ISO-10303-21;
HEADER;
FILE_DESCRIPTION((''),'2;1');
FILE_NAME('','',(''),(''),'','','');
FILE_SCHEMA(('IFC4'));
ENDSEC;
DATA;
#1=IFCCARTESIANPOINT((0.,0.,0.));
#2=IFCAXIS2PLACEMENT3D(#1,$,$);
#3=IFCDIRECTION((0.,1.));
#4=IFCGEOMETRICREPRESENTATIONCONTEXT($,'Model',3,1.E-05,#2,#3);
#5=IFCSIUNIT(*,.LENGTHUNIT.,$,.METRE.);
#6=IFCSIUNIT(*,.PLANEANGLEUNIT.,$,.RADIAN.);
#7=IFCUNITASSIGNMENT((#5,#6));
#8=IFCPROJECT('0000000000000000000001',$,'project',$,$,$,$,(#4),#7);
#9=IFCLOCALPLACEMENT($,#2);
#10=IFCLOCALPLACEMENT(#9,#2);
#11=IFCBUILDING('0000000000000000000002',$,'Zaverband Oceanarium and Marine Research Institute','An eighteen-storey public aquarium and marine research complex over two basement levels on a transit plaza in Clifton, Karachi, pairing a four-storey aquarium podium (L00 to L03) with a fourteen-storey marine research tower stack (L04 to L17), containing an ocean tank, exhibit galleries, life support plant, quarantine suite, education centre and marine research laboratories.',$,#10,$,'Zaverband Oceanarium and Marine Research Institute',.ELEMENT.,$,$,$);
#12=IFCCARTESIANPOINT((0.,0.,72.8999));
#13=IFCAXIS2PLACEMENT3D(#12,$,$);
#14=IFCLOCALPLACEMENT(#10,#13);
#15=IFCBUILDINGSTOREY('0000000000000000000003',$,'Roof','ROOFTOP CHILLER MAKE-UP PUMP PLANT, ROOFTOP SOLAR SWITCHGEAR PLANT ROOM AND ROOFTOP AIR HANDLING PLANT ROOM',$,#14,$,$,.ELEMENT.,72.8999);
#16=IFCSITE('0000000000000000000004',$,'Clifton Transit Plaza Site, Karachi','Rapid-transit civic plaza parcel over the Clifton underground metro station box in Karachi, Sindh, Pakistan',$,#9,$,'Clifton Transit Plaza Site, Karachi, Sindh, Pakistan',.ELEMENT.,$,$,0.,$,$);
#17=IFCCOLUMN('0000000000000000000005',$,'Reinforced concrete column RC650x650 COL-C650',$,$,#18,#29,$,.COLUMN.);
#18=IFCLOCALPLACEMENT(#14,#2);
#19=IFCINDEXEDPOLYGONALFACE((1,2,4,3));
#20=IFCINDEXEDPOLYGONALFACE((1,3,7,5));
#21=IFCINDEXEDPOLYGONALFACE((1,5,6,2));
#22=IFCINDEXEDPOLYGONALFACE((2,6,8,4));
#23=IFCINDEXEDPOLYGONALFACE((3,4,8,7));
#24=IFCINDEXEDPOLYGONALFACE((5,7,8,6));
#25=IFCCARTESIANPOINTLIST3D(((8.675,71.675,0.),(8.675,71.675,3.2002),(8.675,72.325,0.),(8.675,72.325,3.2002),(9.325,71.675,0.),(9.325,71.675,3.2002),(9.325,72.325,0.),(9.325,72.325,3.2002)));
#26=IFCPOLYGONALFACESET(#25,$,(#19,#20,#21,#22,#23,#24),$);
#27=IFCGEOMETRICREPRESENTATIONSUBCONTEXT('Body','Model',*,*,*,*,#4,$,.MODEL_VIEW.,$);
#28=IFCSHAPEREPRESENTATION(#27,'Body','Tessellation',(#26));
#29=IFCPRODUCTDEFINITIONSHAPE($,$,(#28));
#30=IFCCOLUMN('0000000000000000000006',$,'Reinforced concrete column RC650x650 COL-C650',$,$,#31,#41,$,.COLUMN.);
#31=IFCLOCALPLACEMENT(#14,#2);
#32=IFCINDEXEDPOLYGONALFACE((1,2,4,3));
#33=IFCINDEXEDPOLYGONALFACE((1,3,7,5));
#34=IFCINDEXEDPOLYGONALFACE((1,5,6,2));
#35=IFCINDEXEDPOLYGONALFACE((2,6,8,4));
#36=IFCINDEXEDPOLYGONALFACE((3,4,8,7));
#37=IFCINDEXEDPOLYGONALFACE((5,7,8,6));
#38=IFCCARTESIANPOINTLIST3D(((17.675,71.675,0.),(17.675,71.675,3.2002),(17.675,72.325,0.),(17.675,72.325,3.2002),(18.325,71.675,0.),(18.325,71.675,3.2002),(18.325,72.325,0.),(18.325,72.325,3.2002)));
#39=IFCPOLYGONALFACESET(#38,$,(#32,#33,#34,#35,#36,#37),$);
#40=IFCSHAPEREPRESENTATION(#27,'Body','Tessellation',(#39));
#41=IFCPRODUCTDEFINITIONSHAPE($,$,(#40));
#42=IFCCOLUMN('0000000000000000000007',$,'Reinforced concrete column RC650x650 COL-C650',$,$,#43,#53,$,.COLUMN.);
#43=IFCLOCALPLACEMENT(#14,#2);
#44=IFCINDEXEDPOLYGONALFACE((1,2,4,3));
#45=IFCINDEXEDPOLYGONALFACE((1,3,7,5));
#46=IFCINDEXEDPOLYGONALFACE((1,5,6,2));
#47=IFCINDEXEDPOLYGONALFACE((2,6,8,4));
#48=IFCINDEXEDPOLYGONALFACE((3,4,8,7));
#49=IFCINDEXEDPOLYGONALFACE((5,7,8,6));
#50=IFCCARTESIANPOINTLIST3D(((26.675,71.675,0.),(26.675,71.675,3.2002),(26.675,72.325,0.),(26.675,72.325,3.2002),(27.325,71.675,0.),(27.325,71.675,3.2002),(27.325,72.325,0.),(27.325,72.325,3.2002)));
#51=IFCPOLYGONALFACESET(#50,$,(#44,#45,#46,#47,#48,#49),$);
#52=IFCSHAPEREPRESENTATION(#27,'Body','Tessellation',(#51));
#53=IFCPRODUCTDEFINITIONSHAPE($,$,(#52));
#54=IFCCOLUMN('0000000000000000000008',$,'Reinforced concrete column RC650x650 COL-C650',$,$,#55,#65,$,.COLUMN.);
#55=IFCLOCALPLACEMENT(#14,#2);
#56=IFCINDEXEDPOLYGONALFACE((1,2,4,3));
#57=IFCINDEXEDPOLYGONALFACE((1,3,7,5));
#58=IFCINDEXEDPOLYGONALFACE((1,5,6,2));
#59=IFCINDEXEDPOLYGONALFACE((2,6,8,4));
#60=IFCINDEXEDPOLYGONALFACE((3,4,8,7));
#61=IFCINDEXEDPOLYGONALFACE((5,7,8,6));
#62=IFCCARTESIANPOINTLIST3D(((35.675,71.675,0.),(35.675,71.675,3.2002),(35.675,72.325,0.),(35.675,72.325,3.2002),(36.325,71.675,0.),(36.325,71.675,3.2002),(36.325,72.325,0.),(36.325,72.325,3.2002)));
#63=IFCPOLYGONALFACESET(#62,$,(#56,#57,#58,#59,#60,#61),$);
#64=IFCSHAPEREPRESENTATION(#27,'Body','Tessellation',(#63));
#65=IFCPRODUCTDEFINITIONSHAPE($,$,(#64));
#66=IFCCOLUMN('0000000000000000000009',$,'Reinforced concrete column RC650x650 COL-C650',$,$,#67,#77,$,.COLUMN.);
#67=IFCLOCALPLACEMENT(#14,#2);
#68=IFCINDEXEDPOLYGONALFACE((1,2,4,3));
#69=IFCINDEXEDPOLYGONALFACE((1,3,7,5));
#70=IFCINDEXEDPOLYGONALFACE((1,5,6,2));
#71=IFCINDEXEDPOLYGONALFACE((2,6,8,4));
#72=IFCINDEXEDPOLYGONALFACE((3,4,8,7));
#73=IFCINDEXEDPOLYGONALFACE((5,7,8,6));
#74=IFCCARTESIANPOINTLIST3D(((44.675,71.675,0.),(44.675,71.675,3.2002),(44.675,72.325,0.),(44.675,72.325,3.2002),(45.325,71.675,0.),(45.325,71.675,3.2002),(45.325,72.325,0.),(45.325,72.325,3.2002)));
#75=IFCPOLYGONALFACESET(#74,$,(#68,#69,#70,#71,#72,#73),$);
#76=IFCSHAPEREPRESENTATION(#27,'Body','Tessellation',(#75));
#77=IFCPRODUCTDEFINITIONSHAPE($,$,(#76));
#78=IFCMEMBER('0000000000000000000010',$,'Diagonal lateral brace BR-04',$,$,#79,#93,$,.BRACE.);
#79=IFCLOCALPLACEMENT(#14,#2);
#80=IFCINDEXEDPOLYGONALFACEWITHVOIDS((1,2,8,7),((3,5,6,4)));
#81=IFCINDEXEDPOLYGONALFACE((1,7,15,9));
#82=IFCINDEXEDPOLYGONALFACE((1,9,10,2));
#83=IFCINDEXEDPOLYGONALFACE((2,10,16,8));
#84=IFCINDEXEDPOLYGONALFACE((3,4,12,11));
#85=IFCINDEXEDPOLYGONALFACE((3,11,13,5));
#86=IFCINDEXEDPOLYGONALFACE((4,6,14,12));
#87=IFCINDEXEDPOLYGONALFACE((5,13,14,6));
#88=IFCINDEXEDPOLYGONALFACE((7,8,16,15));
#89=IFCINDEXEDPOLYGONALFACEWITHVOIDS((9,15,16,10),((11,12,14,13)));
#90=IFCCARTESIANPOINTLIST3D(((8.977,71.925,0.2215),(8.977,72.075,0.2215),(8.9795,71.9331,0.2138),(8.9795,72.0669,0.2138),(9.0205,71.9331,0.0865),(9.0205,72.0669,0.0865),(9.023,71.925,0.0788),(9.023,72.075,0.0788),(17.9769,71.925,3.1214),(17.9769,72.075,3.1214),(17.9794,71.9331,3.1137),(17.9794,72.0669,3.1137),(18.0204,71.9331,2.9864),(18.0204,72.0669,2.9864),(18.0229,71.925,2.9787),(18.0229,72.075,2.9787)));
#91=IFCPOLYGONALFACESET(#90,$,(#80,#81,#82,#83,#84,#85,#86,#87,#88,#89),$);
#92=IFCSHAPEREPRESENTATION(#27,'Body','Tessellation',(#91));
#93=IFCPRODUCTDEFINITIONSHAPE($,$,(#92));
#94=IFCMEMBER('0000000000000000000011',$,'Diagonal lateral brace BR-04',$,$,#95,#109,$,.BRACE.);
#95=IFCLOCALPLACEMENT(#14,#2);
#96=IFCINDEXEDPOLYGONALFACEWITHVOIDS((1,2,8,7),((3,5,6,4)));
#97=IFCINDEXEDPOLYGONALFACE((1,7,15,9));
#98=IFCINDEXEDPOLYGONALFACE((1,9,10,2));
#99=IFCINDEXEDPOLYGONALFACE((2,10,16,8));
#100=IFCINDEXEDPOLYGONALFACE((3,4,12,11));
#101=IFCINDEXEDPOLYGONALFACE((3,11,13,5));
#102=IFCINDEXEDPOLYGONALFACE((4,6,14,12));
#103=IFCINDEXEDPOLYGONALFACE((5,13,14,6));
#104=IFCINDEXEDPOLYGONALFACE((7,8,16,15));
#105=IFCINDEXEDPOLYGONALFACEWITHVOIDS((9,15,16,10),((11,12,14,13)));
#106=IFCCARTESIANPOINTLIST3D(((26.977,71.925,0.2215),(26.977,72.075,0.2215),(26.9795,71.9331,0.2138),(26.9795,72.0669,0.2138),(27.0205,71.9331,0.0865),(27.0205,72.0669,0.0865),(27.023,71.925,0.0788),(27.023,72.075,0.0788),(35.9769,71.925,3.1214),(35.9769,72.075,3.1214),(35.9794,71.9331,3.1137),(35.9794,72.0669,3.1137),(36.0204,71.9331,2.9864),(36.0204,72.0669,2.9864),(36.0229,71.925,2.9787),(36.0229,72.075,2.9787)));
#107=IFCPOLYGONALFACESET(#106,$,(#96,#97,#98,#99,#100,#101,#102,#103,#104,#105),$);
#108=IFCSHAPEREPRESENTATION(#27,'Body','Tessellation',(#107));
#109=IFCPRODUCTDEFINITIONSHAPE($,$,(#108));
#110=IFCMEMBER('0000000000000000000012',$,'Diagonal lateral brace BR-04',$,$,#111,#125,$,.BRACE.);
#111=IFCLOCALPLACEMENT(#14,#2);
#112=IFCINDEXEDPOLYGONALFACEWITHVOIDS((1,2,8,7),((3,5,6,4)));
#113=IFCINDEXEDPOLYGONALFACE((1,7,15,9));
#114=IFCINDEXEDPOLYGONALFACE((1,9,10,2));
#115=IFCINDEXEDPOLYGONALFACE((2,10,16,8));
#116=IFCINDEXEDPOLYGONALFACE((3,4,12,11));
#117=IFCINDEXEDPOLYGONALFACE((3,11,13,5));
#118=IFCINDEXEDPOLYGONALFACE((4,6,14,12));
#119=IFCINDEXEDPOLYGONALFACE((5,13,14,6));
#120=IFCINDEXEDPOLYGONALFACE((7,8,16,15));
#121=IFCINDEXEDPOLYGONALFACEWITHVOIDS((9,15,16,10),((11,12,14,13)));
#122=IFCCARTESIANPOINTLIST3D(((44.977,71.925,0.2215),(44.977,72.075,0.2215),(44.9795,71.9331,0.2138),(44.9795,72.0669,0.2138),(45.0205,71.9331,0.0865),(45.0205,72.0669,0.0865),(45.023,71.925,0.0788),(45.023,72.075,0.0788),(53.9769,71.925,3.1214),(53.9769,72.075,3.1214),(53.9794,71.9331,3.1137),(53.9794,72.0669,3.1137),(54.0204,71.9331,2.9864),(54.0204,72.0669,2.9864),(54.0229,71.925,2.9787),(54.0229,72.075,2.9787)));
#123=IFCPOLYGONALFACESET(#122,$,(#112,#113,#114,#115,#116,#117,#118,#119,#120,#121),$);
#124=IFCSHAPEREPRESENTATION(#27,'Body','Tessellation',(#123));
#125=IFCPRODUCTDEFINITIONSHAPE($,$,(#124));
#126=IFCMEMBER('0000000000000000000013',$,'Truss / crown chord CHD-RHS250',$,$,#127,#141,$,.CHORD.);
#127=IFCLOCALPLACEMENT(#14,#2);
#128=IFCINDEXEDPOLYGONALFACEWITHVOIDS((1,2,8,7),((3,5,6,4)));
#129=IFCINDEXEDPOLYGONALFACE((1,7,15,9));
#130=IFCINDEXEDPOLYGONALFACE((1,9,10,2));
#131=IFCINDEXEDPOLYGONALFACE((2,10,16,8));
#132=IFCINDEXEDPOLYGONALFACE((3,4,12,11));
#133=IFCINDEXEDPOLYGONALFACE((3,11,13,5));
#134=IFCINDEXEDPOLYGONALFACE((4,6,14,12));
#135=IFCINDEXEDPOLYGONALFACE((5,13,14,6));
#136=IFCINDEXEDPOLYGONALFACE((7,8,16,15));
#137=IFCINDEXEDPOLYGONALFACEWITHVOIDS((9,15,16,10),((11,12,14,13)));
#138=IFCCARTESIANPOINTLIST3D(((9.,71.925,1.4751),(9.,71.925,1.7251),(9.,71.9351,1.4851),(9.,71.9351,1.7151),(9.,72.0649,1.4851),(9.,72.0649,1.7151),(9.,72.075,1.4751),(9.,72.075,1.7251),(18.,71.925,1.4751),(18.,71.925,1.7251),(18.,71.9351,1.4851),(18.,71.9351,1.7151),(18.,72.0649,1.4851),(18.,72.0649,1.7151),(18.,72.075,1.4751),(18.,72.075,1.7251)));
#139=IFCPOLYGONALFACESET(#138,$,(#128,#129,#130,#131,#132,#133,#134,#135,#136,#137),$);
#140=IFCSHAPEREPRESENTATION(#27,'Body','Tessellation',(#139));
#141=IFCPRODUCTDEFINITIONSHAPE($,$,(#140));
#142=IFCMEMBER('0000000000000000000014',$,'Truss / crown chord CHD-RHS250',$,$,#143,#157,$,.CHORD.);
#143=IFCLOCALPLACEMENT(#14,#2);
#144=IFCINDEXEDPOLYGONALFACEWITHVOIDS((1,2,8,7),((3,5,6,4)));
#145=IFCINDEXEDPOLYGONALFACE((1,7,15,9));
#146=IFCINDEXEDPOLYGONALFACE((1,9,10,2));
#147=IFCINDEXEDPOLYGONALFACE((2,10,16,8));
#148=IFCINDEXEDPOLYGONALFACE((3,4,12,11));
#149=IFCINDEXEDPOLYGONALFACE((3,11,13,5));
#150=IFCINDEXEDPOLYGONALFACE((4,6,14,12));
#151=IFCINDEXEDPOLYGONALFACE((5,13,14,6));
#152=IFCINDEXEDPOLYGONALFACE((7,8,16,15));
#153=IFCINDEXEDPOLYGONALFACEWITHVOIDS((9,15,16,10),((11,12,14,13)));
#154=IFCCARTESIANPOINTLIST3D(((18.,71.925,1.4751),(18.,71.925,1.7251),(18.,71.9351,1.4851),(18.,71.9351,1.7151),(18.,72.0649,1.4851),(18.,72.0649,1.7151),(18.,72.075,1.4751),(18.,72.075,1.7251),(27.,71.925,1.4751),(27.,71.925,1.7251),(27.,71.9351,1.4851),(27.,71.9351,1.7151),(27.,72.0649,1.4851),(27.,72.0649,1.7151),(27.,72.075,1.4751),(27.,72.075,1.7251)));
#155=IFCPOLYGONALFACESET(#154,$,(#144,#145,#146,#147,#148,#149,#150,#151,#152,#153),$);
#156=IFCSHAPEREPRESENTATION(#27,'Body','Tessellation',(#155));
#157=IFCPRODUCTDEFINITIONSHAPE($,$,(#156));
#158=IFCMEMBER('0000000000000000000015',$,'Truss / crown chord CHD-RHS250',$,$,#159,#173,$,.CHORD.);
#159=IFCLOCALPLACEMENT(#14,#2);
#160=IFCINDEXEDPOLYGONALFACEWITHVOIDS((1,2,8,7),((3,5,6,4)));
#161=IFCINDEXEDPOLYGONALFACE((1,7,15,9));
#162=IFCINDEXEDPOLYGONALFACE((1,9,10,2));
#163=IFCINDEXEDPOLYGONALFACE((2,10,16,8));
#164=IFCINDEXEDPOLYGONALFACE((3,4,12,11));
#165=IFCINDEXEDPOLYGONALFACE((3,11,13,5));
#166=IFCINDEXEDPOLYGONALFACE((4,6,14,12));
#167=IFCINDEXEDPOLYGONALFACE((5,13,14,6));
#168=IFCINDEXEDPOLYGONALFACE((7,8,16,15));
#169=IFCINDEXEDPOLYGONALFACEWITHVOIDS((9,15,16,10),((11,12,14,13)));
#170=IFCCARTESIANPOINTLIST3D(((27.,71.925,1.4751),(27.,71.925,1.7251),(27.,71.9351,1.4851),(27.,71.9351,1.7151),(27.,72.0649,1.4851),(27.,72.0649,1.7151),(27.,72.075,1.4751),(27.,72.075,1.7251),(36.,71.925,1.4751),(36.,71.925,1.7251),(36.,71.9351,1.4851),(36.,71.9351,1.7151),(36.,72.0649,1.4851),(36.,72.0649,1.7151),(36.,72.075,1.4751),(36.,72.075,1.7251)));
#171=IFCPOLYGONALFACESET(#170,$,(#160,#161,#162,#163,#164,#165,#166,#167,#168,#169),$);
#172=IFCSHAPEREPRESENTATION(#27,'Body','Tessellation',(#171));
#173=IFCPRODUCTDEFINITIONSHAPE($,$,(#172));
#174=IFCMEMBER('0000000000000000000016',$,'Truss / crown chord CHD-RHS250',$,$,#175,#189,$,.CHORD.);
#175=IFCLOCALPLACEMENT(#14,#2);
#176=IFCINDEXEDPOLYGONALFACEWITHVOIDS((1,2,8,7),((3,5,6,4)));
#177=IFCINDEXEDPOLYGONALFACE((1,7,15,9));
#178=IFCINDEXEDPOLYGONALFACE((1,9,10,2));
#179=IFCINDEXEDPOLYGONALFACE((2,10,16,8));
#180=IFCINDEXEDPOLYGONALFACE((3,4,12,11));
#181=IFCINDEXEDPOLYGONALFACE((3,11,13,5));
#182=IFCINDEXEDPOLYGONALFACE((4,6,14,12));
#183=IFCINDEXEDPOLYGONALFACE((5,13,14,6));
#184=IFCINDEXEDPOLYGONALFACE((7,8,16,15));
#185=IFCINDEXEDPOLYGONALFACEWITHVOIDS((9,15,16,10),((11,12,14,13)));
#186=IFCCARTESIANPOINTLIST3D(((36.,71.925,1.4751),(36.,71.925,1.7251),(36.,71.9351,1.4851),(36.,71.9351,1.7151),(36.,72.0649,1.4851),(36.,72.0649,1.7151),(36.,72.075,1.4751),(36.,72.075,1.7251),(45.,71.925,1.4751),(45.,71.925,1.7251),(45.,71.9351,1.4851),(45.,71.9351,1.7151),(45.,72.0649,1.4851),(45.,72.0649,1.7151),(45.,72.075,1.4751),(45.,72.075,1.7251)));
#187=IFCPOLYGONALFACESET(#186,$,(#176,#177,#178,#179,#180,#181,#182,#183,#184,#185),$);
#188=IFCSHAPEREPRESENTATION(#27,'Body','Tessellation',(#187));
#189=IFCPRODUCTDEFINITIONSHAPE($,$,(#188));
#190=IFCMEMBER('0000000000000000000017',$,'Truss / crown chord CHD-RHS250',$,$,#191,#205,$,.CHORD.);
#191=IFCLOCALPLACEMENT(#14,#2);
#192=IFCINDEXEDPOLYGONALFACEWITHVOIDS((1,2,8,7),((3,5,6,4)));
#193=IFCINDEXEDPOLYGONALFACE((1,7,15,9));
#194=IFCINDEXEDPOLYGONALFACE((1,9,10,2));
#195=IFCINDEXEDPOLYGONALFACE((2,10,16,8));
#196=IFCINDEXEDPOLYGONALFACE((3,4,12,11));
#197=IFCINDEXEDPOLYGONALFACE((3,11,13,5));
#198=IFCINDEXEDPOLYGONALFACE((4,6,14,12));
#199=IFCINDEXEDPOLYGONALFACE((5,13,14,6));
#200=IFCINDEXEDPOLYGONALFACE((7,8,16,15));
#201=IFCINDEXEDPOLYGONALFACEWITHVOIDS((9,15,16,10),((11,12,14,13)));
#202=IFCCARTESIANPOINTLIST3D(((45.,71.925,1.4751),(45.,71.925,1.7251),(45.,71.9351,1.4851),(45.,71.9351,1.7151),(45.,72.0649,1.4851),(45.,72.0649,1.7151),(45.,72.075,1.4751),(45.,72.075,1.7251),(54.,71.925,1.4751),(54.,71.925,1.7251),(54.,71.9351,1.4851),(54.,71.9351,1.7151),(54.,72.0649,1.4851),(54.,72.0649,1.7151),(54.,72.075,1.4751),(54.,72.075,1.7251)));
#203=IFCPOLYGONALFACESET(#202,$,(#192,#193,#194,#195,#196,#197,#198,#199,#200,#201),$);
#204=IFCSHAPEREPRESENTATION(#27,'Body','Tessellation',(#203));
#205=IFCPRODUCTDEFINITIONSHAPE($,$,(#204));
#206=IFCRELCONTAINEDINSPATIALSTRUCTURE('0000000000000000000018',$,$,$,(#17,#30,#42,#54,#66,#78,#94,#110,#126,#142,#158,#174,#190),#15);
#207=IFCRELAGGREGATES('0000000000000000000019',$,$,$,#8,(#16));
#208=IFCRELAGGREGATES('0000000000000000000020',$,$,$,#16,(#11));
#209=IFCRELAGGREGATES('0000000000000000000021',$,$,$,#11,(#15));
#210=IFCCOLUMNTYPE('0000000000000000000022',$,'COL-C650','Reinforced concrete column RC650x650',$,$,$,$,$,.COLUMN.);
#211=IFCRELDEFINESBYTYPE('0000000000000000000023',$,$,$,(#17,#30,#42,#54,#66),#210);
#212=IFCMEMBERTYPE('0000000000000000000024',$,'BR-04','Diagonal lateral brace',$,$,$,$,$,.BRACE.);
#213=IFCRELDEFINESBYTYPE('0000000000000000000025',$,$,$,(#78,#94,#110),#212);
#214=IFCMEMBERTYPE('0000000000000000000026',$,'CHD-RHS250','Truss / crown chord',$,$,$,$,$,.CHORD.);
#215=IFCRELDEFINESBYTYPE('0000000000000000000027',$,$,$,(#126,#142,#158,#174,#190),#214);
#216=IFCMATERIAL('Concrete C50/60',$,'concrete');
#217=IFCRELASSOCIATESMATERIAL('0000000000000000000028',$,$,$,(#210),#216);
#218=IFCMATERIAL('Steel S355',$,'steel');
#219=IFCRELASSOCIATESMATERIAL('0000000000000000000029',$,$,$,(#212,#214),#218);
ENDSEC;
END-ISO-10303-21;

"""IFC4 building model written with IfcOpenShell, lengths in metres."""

from ifc_helpers import new_model, si_unit, direction, frame, origin, origin_2d, place, context, subcontext, project, spatial, rectangle, hollow_rectangle, extrude, material, material_profile, profile_set, type_object, element, save


model = new_model("IFC4")

# Units and contexts
model_context = context("Model", 3, precision=1e-05, world=origin(), true_north=direction((0.0, 1.0)))
body_context = subcontext(model_context, "Body", "Model", "MODEL_VIEW")
ifc_project = project(units=[si_unit("LENGTHUNIT", "METRE"), si_unit("PLANEANGLEUNIT", "RADIAN")], contexts=[model_context])

# Site, building, storey
site_placement = place(None, origin())
site = spatial("IfcSite", under=ifc_project, at=site_placement, Name="Clifton Transit Plaza Site, Karachi", Description="Rapid-transit civic plaza parcel over the Clifton underground metro station box in Karachi, Sindh, Pakistan", LongName="Clifton Transit Plaza Site, Karachi, Sindh, Pakistan", CompositionType="ELEMENT", RefElevation=0.0)
building_placement = place(site_placement, origin())
building = spatial("IfcBuilding", under=site, at=building_placement, Name="Zaverband Oceanarium and Marine Research Institute", Description="An eighteen-storey public aquarium and marine research complex over two basement levels on a transit plaza in Clifton, Karachi, pairing a four-storey aquarium podium (L00 to L03) with a fourteen-storey marine research tower stack (L04 to L17), containing an ocean tank, exhibit galleries, life support plant, quarantine suite, education centre and marine research laboratories.", LongName="Zaverband Oceanarium and Marine Research Institute", CompositionType="ELEMENT")
storey_placement = place(building_placement, frame((0.0, 0.0, 72.8999)))
storey = spatial("IfcBuildingStorey", under=building, at=storey_placement, Name="Roof", Description="ROOFTOP CHILLER MAKE-UP PUMP PLANT, ROOFTOP SOLAR SWITCHGEAR PLANT ROOM AND ROOFTOP AIR HANDLING PLANT ROOM", CompositionType="ELEMENT", Elevation=72.8999)

# Columns
ifc_material_1 = material(Name="Concrete C50/60", Category="concrete")
ifc_material_profile_1 = material_profile(ifc_material_1, rectangle(XDim=0.6499, YDim=0.6499, at=origin_2d()), Name="RC650x650")
ifc_profile_set_1 = profile_set([ifc_material_profile_1], Name="Concrete C50/60")
column_type = type_object("IfcColumnType", Name="COL-C650", Description="Reinforced concrete column RC650x650", PredefinedType="COLUMN", material=ifc_profile_set_1)
for number, where, z_axis, x_axis, name in (
    (1, (9.0, 72.0, 0.0), (0.0, 0.0, 1.0), (1.0, 0.0, 0.0), "Reinforced concrete column RC650x650 COL-C650"),
    (2, (18.0, 72.0, 0.0), (0.0, 0.0, 1.0), (1.0, 0.0, 0.0), "Reinforced concrete column RC650x650 COL-C650"),
    (3, (27.0, 72.0, 0.0), (0.0, 0.0, 1.0), (1.0, 0.0, 0.0), "Reinforced concrete column RC650x650 COL-C650"),
    (4, (36.0, 72.0, 0.0), (0.0, 0.0, 1.0), (1.0, 0.0, 0.0), "Reinforced concrete column RC650x650 COL-C650"),
    (5, (45.0, 72.0, 0.0), (0.0, 0.0, 1.0), (1.0, 0.0, 0.0), "Reinforced concrete column RC650x650 COL-C650"),
):
    element("IfcColumn", number, at=place(storey_placement, frame(where, z_axis=z_axis, x_axis=x_axis)), inside=storey, type_object=column_type, Name=name, PredefinedType="COLUMN", context=body_context, shape_type="SweptSolid", body=[
        extrude(rectangle(XDim=0.6499, YDim=0.6499, at=origin_2d()), origin(), (0.0, 0.0, 1.0), 3.2002),
    ])

# Members
ifc_material_2 = material(Name="Steel S355", Category="steel")
ifc_material_profile_2 = material_profile(ifc_material_2, hollow_rectangle(XDim=0.1499, YDim=0.1499, WallThickness=0.0081, at=origin_2d()), Name="SHS150x150x8")
ifc_profile_set_2 = profile_set([ifc_material_profile_2], Name="Steel S355")
member_type_1 = type_object("IfcMemberType", Name="BR-04", Description="Diagonal lateral brace", PredefinedType="BRACE", material=ifc_profile_set_2)
for number, where, z_axis, x_axis, name in (
    (6, (9.0, 72.0, 0.1501), (0.951811, 0.0, 0.306684), (0.0, 1.0, 0.0), "Diagonal lateral brace BR-04"),
    (7, (27.0, 72.0, 0.1501), (0.951811, 0.0, 0.306684), (0.0, 1.0, 0.0), "Diagonal lateral brace BR-04"),
    (8, (45.0, 72.0, 0.1501), (0.951811, 0.0, 0.306684), (0.0, 1.0, 0.0), "Diagonal lateral brace BR-04"),
):
    element("IfcMember", number, at=place(storey_placement, frame(where, z_axis=z_axis, x_axis=x_axis)), inside=storey, type_object=member_type_1, Name=name, PredefinedType="BRACE", context=body_context, shape_type="SweptSolid", body=[
        extrude(hollow_rectangle(XDim=0.1499, YDim=0.1499, WallThickness=0.0081, at=origin_2d()), origin(), (0.0, 0.0, 1.0), 9.4556),
    ])
ifc_material_profile_3 = material_profile(ifc_material_2, hollow_rectangle(XDim=0.1499, YDim=0.25, WallThickness=0.01, at=origin_2d()), Name="RHS250x150x10")
ifc_profile_set_3 = profile_set([ifc_material_profile_3], Name="Steel S355")
member_type_2 = type_object("IfcMemberType", Name="CHD-RHS250", Description="Truss / crown chord", PredefinedType="CHORD", material=ifc_profile_set_3)
for number, where, z_axis, x_axis, name in (
    (9, (9.0, 72.0, 1.6001), (1.0, 0.0, 0.0), (0.0, 1.0, 0.0), "Truss / crown chord CHD-RHS250"),
    (10, (18.0, 72.0, 1.6001), (1.0, 0.0, 0.0), (0.0, 1.0, 0.0), "Truss / crown chord CHD-RHS250"),
    (11, (27.0, 72.0, 1.6001), (1.0, 0.0, 0.0), (0.0, 1.0, 0.0), "Truss / crown chord CHD-RHS250"),
    (12, (36.0, 72.0, 1.6001), (1.0, 0.0, 0.0), (0.0, 1.0, 0.0), "Truss / crown chord CHD-RHS250"),
    (13, (45.0, 72.0, 1.6001), (1.0, 0.0, 0.0), (0.0, 1.0, 0.0), "Truss / crown chord CHD-RHS250"),
):
    element("IfcMember", number, at=place(storey_placement, frame(where, z_axis=z_axis, x_axis=x_axis)), inside=storey, type_object=member_type_2, Name=name, PredefinedType="CHORD", context=body_context, shape_type="SweptSolid", body=[
        extrude(hollow_rectangle(XDim=0.1499, YDim=0.25, WallThickness=0.01, at=origin_2d()), origin(), (0.0, 0.0, 1.0), 9.0),
    ])

save(model, "model.ifc")
